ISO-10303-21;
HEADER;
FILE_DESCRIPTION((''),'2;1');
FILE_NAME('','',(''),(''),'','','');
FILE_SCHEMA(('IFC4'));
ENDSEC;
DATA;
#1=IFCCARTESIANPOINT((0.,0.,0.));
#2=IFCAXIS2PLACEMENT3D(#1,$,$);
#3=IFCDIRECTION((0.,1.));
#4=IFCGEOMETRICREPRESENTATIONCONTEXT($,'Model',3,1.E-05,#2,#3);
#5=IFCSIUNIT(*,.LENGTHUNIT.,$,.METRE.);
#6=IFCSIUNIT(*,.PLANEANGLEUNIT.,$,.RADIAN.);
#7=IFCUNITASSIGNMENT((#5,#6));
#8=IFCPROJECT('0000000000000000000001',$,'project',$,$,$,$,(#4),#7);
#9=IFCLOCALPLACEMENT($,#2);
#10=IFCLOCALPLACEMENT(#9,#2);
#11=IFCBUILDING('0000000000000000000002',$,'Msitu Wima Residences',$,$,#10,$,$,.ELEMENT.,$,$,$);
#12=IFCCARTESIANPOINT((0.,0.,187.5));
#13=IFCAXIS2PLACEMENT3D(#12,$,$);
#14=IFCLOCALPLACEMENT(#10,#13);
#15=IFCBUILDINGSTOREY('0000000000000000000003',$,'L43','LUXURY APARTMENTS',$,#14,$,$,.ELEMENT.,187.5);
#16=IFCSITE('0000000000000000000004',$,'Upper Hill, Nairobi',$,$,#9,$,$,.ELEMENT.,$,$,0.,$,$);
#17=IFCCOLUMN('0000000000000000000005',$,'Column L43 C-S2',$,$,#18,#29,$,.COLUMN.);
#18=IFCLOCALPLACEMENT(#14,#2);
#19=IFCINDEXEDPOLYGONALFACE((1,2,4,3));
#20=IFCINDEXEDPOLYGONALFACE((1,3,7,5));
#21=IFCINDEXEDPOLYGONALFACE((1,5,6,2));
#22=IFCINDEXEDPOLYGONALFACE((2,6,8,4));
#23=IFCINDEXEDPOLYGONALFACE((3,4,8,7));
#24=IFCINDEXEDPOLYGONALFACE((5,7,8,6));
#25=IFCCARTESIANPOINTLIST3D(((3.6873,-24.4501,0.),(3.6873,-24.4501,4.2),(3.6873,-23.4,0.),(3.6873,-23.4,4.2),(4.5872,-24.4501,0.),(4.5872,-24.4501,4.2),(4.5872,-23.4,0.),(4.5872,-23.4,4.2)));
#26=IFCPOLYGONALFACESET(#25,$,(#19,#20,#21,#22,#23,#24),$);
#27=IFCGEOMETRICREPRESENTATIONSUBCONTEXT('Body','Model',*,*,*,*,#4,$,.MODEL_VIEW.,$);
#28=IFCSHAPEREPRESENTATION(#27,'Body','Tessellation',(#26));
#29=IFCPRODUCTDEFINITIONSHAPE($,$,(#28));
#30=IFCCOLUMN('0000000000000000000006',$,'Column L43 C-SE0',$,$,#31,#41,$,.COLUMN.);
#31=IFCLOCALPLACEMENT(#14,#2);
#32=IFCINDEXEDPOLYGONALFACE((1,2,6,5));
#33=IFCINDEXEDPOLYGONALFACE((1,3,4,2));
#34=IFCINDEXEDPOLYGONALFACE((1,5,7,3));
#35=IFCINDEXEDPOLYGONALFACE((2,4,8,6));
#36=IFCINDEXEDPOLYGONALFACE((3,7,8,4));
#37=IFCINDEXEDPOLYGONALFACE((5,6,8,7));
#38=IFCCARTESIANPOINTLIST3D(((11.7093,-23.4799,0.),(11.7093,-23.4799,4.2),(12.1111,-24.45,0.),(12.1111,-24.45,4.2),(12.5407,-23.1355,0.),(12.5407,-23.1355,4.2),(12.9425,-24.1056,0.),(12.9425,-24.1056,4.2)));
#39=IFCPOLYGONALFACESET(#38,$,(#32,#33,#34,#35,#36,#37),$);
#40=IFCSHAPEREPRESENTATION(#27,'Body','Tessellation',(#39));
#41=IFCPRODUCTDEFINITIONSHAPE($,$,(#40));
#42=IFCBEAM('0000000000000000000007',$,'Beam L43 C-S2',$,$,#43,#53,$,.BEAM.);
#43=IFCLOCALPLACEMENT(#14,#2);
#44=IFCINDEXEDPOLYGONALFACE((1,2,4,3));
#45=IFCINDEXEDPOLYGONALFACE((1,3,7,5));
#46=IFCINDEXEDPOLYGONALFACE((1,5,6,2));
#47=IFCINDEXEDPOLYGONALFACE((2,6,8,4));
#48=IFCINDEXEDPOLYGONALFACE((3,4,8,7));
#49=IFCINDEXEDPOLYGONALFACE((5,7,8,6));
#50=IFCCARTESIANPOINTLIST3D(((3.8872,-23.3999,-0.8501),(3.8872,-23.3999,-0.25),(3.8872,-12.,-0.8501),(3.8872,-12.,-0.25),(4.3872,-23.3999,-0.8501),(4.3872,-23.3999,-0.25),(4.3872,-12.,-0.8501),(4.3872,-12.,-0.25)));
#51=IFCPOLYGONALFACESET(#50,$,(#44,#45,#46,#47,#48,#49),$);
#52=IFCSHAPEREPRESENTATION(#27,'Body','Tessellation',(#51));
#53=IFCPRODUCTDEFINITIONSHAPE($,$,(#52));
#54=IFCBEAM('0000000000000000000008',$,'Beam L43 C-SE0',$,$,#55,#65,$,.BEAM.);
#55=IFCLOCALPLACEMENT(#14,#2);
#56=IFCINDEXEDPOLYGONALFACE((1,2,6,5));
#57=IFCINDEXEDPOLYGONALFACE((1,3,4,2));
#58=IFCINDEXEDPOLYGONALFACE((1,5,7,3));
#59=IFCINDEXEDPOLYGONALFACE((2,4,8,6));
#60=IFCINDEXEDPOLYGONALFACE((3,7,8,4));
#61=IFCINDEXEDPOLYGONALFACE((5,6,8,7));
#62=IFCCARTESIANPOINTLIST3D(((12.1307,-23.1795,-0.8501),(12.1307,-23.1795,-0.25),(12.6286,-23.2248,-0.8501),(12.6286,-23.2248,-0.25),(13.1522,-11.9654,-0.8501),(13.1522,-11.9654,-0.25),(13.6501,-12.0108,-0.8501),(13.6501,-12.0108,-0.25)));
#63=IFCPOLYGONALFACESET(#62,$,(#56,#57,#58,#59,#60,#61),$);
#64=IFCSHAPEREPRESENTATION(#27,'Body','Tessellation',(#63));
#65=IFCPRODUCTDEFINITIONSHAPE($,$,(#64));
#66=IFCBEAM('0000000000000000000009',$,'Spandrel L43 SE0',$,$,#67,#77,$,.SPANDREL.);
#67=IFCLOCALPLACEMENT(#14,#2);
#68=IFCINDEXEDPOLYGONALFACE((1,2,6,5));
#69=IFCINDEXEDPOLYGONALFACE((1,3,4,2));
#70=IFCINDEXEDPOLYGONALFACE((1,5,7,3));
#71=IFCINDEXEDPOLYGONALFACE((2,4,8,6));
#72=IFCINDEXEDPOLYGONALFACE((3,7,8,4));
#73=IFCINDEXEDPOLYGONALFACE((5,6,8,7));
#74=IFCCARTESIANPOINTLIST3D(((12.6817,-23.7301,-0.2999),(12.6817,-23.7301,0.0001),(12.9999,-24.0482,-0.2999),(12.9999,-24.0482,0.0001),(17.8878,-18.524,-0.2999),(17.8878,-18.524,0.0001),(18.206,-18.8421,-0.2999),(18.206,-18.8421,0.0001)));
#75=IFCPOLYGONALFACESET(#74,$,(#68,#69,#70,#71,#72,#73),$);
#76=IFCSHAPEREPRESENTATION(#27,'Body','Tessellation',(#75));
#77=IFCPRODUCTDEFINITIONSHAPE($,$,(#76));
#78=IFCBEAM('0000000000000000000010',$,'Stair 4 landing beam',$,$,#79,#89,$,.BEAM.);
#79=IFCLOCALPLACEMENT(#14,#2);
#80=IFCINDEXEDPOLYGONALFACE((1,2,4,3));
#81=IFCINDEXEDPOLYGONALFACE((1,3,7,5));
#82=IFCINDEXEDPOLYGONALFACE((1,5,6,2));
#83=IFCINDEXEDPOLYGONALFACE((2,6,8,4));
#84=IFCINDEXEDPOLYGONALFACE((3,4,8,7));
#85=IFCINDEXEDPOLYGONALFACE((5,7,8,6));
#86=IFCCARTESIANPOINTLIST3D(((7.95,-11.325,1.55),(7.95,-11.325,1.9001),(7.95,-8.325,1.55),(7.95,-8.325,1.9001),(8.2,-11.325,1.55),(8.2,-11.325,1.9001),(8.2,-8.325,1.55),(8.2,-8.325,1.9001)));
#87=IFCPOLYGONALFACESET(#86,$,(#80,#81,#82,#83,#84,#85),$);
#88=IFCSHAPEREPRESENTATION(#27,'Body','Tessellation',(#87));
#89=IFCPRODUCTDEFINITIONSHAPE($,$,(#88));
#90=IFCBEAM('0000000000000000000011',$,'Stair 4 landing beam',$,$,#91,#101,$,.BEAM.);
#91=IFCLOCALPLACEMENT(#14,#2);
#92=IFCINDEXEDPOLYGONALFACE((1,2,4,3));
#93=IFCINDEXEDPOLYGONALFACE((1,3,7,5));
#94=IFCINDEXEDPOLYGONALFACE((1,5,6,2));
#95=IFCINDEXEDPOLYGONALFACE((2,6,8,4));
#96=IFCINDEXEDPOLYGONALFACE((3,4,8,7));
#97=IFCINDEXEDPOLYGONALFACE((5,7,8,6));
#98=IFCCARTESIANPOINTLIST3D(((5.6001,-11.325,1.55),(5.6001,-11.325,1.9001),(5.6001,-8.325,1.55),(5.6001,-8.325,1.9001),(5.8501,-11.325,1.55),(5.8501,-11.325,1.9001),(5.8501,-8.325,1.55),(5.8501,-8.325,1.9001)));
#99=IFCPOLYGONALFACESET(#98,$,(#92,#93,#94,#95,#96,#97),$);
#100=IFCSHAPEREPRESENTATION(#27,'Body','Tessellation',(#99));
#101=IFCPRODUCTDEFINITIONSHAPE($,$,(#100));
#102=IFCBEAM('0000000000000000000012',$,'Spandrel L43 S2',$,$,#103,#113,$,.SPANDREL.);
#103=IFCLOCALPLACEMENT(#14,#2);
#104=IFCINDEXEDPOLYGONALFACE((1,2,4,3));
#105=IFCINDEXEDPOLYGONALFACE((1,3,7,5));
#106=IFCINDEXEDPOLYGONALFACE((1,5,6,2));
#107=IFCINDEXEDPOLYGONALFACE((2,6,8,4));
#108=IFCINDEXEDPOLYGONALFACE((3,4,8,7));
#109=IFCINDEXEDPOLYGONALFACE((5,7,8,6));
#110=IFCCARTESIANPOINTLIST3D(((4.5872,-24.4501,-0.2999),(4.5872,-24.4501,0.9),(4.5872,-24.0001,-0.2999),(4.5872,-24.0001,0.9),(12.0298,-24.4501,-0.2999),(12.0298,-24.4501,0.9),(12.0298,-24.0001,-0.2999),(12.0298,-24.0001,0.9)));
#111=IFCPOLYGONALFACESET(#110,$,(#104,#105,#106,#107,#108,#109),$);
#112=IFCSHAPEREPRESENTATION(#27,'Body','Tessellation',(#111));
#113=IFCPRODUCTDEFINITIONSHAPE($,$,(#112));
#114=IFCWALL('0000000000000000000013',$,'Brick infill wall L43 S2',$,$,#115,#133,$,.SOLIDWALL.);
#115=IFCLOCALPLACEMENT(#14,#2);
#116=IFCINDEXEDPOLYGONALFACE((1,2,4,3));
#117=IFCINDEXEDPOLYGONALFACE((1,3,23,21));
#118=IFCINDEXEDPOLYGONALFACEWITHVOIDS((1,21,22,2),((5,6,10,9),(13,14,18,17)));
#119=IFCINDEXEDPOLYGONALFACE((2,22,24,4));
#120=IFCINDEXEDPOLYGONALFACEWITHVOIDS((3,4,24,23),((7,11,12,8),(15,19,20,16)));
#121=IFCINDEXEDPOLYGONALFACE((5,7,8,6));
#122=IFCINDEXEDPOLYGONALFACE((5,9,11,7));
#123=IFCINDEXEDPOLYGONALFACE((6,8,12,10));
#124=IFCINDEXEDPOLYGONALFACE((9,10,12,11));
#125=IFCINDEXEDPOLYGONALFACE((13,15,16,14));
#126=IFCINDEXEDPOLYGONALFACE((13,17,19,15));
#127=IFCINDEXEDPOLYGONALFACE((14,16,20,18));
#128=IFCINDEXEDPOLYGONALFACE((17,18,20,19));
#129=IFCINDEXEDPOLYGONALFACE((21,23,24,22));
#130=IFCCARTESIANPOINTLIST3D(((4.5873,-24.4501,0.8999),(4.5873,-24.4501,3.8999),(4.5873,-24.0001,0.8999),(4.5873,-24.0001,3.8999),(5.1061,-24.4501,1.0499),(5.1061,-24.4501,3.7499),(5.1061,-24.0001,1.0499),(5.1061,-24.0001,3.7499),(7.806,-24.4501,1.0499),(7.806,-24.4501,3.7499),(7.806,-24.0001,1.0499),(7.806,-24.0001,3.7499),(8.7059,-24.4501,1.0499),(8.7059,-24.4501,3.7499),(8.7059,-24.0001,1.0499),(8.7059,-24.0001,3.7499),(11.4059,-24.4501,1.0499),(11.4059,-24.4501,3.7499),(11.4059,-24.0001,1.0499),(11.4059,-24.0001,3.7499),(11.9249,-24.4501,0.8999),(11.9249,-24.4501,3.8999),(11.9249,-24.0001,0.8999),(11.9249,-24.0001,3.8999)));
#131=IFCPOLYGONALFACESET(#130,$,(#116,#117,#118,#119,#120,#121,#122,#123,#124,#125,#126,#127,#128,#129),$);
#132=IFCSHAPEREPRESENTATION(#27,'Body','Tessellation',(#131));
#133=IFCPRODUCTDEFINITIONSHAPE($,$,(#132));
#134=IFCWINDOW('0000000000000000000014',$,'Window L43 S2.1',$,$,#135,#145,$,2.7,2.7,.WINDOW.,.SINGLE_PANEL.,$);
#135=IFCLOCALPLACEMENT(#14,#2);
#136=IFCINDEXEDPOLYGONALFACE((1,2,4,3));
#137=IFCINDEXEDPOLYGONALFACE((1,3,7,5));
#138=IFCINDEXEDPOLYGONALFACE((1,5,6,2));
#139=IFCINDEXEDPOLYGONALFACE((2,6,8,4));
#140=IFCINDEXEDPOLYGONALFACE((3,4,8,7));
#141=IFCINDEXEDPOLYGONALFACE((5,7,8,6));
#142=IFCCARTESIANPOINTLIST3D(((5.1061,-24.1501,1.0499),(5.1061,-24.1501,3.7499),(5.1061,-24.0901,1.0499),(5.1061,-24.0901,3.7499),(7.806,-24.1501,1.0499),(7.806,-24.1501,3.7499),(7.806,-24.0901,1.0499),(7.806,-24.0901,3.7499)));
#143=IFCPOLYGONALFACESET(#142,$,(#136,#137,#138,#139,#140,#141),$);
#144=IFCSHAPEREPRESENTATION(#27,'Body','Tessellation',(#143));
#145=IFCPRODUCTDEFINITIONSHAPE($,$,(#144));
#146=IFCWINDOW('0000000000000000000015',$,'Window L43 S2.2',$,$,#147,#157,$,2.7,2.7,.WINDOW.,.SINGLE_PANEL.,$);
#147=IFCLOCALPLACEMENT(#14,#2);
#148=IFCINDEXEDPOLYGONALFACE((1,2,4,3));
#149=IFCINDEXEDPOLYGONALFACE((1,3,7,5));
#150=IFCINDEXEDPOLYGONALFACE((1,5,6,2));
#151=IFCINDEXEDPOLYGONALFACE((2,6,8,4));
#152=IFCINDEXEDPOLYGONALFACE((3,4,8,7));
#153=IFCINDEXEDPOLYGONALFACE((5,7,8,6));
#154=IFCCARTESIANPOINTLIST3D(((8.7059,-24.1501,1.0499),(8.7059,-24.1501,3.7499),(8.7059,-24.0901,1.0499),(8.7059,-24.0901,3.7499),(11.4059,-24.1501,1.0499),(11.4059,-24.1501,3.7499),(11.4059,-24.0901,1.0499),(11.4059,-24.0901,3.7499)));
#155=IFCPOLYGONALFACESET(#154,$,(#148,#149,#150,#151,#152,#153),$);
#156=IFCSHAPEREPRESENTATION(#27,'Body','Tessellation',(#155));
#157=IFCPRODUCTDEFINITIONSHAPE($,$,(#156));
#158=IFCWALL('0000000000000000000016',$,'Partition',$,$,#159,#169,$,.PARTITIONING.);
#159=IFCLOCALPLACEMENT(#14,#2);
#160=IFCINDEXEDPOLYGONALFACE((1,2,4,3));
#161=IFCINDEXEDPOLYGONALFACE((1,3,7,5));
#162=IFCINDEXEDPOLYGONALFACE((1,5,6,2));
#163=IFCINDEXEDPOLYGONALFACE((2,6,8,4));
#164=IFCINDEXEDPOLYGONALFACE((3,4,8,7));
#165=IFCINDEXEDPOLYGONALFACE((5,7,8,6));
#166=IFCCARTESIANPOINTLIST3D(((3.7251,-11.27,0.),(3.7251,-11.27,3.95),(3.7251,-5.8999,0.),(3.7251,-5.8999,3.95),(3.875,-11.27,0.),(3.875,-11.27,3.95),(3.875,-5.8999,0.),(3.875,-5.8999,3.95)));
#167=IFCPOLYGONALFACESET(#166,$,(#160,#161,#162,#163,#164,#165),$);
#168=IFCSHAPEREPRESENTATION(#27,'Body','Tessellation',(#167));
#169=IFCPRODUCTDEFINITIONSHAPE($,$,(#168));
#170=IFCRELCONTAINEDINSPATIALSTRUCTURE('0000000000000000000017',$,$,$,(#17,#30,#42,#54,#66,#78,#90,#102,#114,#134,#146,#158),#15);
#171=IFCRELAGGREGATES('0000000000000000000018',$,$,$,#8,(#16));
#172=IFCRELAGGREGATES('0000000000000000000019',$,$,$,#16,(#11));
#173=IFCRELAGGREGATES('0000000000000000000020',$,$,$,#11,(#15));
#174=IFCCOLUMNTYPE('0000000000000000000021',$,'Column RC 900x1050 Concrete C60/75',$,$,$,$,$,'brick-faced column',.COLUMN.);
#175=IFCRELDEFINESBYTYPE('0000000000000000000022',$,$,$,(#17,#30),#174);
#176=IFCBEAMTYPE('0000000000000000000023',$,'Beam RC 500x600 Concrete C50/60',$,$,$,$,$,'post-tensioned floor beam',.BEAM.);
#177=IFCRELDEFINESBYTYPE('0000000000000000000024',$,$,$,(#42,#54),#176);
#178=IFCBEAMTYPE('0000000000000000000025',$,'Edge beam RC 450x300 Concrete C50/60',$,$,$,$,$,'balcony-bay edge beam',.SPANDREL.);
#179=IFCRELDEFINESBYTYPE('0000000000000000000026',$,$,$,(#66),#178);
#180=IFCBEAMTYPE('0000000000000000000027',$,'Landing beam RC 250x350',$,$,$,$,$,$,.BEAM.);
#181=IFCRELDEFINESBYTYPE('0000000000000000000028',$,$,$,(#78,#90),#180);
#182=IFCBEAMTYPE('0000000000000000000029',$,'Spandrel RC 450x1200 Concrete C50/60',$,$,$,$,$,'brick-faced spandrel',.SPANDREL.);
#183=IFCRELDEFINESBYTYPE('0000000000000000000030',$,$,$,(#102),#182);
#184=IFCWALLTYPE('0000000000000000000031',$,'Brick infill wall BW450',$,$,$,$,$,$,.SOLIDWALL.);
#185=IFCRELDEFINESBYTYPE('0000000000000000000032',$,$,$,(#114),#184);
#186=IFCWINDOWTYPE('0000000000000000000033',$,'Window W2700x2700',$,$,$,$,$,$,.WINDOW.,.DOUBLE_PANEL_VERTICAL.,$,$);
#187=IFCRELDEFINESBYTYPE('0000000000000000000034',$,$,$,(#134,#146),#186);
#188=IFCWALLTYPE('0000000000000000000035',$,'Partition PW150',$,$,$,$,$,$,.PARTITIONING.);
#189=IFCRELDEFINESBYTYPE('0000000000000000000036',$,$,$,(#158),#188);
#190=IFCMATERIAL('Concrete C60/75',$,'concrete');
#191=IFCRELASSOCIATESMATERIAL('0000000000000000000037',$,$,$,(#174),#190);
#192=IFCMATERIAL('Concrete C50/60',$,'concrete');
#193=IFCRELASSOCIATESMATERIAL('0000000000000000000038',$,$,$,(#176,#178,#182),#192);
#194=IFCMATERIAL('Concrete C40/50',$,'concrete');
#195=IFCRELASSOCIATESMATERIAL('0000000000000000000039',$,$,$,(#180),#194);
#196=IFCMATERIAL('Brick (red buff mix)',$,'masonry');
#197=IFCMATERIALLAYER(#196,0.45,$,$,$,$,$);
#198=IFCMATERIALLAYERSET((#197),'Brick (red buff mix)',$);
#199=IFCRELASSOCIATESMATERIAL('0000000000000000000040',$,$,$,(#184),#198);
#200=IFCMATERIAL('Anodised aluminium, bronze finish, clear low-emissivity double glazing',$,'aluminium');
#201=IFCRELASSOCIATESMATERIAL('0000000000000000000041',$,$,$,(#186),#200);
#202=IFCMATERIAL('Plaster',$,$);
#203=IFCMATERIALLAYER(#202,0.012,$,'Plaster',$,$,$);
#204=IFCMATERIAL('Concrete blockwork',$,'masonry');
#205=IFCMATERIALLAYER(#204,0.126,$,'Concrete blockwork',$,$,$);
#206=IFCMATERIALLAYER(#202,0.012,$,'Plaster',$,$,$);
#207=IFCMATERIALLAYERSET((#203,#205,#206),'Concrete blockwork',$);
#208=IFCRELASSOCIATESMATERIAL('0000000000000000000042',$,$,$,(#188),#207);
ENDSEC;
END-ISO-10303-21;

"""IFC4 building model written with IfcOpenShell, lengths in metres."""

from ifc_helpers import new_model, si_unit, direction, frame, frame_2d, origin, origin_2d, place, context, subcontext, project, spatial, rectangle, extrude, material, layer, layer_set, material_profile, profile_set, type_object, element, fill, save


model = new_model("IFC4")

# Units and contexts
model_context = context("Model", 3, precision=1e-05, world=origin(), true_north=direction((0.0, 1.0)))
body_context = subcontext(model_context, "Body", "Model", "MODEL_VIEW")
ifc_project = project(units=[si_unit("LENGTHUNIT", "METRE"), si_unit("PLANEANGLEUNIT", "RADIAN")], contexts=[model_context])

# Site, building, storey
site_placement = place(None, origin())
site = spatial("IfcSite", under=ifc_project, at=site_placement, Name="Upper Hill, Nairobi", CompositionType="ELEMENT", RefElevation=0.0)
building_placement = place(site_placement, origin())
building = spatial("IfcBuilding", under=site, at=building_placement, Name="Msitu Wima Residences", CompositionType="ELEMENT")
storey_placement = place(building_placement, frame((0.0, 0.0, 187.5)))
storey = spatial("IfcBuildingStorey", under=building, at=storey_placement, Name="L43", Description="LUXURY APARTMENTS", CompositionType="ELEMENT", Elevation=187.5)

# Columns
ifc_material_1 = material(Name="Concrete C60/75", Category="concrete")
ifc_material_profile_1 = material_profile(ifc_material_1, rectangle(XDim=0.8999, YDim=1.05, at=origin_2d()), Name="RC 900x1050")
ifc_profile_set_1 = profile_set([ifc_material_profile_1], Name="Concrete C60/75")
column_type = type_object("IfcColumnType", Name="Column RC 900x1050 Concrete C60/75", ElementType="brick-faced column", PredefinedType="COLUMN", material=ifc_profile_set_1)
for number, where, z_axis, x_axis, name in (
    (1, (4.1372, -23.925, 0.0), (0.0, 0.0, 1.0), (1.0, 0.0, 0.0), "Column L43 C-S2"),
    (2, (12.3259, -23.7927, 0.0), (0.0, 0.0, 1.0), (0.92388, 0.382683, 0.0), "Column L43 C-SE0"),
):
    element("IfcColumn", number, at=place(storey_placement, frame(where, z_axis=z_axis, x_axis=x_axis)), inside=storey, type_object=column_type, Name=name, PredefinedType="COLUMN", context=body_context, shape_type="SweptSolid", body=[
        extrude(rectangle(XDim=0.8999, YDim=1.05, at=origin_2d()), origin(), (0.0, 0.0, 1.0), 4.2),
    ])

# Beams
ifc_material_2 = material(Name="Concrete C50/60", Category="concrete")
ifc_material_profile_2 = material_profile(ifc_material_2, rectangle(XDim=0.5, YDim=0.6001, at=origin_2d()), Name="RC 500x600")
ifc_profile_set_2 = profile_set([ifc_material_profile_2], Name="Concrete C50/60")
beam_type_1 = type_object("IfcBeamType", Name="Beam RC 500x600 Concrete C50/60", ElementType="post-tensioned floor beam", PredefinedType="BEAM", material=ifc_profile_set_2)
beam_1_placement = place(storey_placement, frame((4.1372, -23.3999, -0.55), z_axis=(0.0, 1.0, 0.0), x_axis=(-1.0, 0.0, 0.0)))
element("IfcBeam", 3, at=beam_1_placement, inside=storey, type_object=beam_type_1, Name="Beam L43 C-S2", PredefinedType="BEAM", context=body_context, shape_type="SweptSolid", body=[
    extrude(rectangle(XDim=0.5, YDim=0.6001, at=origin_2d()), origin(), (0.0, 0.0, 1.0), 11.3999),
])
beam_2_placement = place(storey_placement, frame((12.3796, -23.2021, -0.55), z_axis=(0.090714, 0.995877, 0.0), x_axis=(-0.995877, 0.090714, 0.0)))
element("IfcBeam", 4, at=beam_2_placement, inside=storey, type_object=beam_type_1, Name="Beam L43 C-SE0", PredefinedType="BEAM", context=body_context, shape_type="SweptSolid", body=[
    extrude(rectangle(XDim=0.5, YDim=0.6001, at=origin_2d()), origin(), (0.0, 0.0, 1.0), 11.2605),
])
ifc_material_profile_3 = material_profile(ifc_material_2, rectangle(XDim=0.45, YDim=0.3, at=origin_2d()), Name="RC 450x300")
ifc_profile_set_3 = profile_set([ifc_material_profile_3], Name="Concrete C50/60")
beam_type_2 = type_object("IfcBeamType", Name="Edge beam RC 450x300 Concrete C50/60", ElementType="balcony-bay edge beam", PredefinedType="SPANDREL", material=ifc_profile_set_3)
beam_3_placement = place(storey_placement, frame((12.8408, -23.8892, -0.1499), z_axis=(0.707107, 0.707107, 0.0), x_axis=(-0.707107, 0.707107, 0.0)))
element("IfcBeam", 5, at=beam_3_placement, inside=storey, type_object=beam_type_2, Name="Spandrel L43 SE0", PredefinedType="SPANDREL", context=body_context, shape_type="SweptSolid", body=[
    extrude(rectangle(XDim=0.45, YDim=0.3, at=origin_2d()), origin(), (0.0, 0.0, 1.0), 7.3625),
])
ifc_material_3 = material(Name="Concrete C40/50", Category="concrete")
ifc_material_profile_4 = material_profile(ifc_material_3, rectangle(XDim=0.25, YDim=0.3501, at=origin_2d()), Name="RC 250x350")
ifc_profile_set_4 = profile_set([ifc_material_profile_4], Name="Concrete C40/50")
beam_type_3 = type_object("IfcBeamType", Name="Landing beam RC 250x350", PredefinedType="BEAM", material=ifc_profile_set_4)
for number, where, z_axis, x_axis, name in (
    (6, (8.075, -11.325, 1.7251), (0.0, 1.0, 0.0), (-1.0, 0.0, 0.0), "Stair 4 landing beam"),
    (7, (5.7251, -11.325, 1.7251), (0.0, 1.0, 0.0), (-1.0, 0.0, 0.0), "Stair 4 landing beam"),
):
    element("IfcBeam", number, at=place(storey_placement, frame(where, z_axis=z_axis, x_axis=x_axis)), inside=storey, type_object=beam_type_3, Name=name, PredefinedType="BEAM", context=body_context, shape_type="SweptSolid", body=[
        extrude(rectangle(XDim=0.25, YDim=0.3501, at=origin_2d()), origin(), (0.0, 0.0, 1.0), 3.0),
    ])
ifc_material_profile_5 = material_profile(ifc_material_2, rectangle(XDim=0.45, YDim=1.2, at=origin_2d()), Name="RC 450x1200")
ifc_profile_set_5 = profile_set([ifc_material_profile_5], Name="Concrete C50/60")
beam_type_4 = type_object("IfcBeamType", Name="Spandrel RC 450x1200 Concrete C50/60", ElementType="brick-faced spandrel", PredefinedType="SPANDREL", material=ifc_profile_set_5)
beam_4_placement = place(storey_placement, frame((4.5872, -24.2251, 0.3), z_axis=(1.0, 0.0, 0.0), x_axis=(0.0, 1.0, 0.0)))
element("IfcBeam", 8, at=beam_4_placement, inside=storey, type_object=beam_type_4, Name="Spandrel L43 S2", PredefinedType="SPANDREL", context=body_context, shape_type="SweptSolid", body=[
    extrude(rectangle(XDim=0.45, YDim=1.2, at=origin_2d()), origin(), (0.0, 0.0, 1.0), 7.4426),
])

# Wall, openings, windows
ifc_material_4 = material(Name="Brick (red buff mix)", Category="masonry")
ifc_layer_1 = layer(ifc_material_4, 0.45)
ifc_layer_set_1 = layer_set([ifc_layer_1], Name="Brick (red buff mix)")
wall_type_1 = type_object("IfcWallType", Name="Brick infill wall BW450", PredefinedType="SOLIDWALL", material=ifc_layer_set_1)
wall_1_placement = place(storey_placement, frame((4.5872, -24.2251, 0.8999), z_axis=(0.0, 0.0, 1.0), x_axis=(1.0, 0.0, 0.0)))
wall_1 = element("IfcWall", 9, at=wall_1_placement, inside=storey, type_object=wall_type_1, Name="Brick infill wall L43 S2", PredefinedType="SOLIDWALL", context=body_context, shape_type="SweptSolid", body=[
    extrude(rectangle(XDim=7.3376, YDim=0.45, at=frame_2d((3.6689, 0.0))), origin(), (0.0, 0.0, 1.0), 3.0),
])
opening_1_placement = place(wall_1_placement, frame((0.5188, 0.0, 0.1499)))
opening_1 = element("IfcOpeningElement", 10, at=opening_1_placement, cuts=wall_1, PredefinedType="OPENING", context=body_context, shape_type="SweptSolid", body=[
    extrude(rectangle(XDim=2.7, YDim=2.7, at=frame_2d((1.3501, 1.3501))), frame((0.0, 0.2349, 0.0), z_axis=(0.0, -1.0, 0.0), x_axis=(1.0, 0.0, 0.0)), (0.0, 0.0, 1.0), 0.47),
])
opening_2_placement = place(wall_1_placement, frame((4.1187, 0.0, 0.1499)))
opening_2 = element("IfcOpeningElement", 11, at=opening_2_placement, cuts=wall_1, PredefinedType="OPENING", context=body_context, shape_type="SweptSolid", body=[
    extrude(rectangle(XDim=2.7, YDim=2.7, at=frame_2d((1.3501, 1.3501))), frame((0.0, 0.2349, 0.0), z_axis=(0.0, -1.0, 0.0), x_axis=(1.0, 0.0, 0.0)), (0.0, 0.0, 1.0), 0.47),
])
ifc_material_5 = material(Name="Anodised aluminium, bronze finish, clear low-emissivity double glazing", Category="aluminium")
window_type = type_object("IfcWindowType", Name="Window W2700x2700", PartitioningType="DOUBLE_PANEL_VERTICAL", PredefinedType="WINDOW", material=ifc_material_5)
window_1_placement = place(opening_1_placement, origin())
window_1 = element("IfcWindow", 12, at=window_1_placement, inside=storey, type_object=window_type, Name="Window L43 S2.1", OverallHeight=2.7, OverallWidth=2.7, PartitioningType="SINGLE_PANEL", PredefinedType="WINDOW", context=body_context, shape_type="SweptSolid", body=[
    extrude(rectangle(XDim=2.7, YDim=2.7, at=frame_2d((1.3501, 1.3501))), frame((0.0, 0.135, 0.0), z_axis=(0.0, -1.0, 0.0), x_axis=(1.0, 0.0, 0.0)), (0.0, 0.0, 1.0), 0.0601),
])
fill(opening_1, window_1)
window_2_placement = place(opening_2_placement, origin())
window_2 = element("IfcWindow", 13, at=window_2_placement, inside=storey, type_object=window_type, Name="Window L43 S2.2", OverallHeight=2.7, OverallWidth=2.7, PartitioningType="SINGLE_PANEL", PredefinedType="WINDOW", context=body_context, shape_type="SweptSolid", body=[
    extrude(rectangle(XDim=2.7, YDim=2.7, at=frame_2d((1.3501, 1.3501))), frame((0.0, 0.135, 0.0), z_axis=(0.0, -1.0, 0.0), x_axis=(1.0, 0.0, 0.0)), (0.0, 0.0, 1.0), 0.0601),
])
fill(opening_2, window_2)

# Wall
ifc_material_6 = material(Name="Plaster")
ifc_layer_2 = layer(ifc_material_6, 0.012, Name="Plaster")
ifc_material_7 = material(Name="Concrete blockwork", Category="masonry")
ifc_layer_3 = layer(ifc_material_7, 0.126, Name="Concrete blockwork")
ifc_layer_4 = layer(ifc_material_6, 0.012, Name="Plaster")
ifc_layer_set_2 = layer_set([ifc_layer_2, ifc_layer_3, ifc_layer_4], Name="Concrete blockwork")
wall_type_2 = type_object("IfcWallType", Name="Partition PW150", PredefinedType="PARTITIONING", material=ifc_layer_set_2)
wall_2_placement = place(storey_placement, frame((3.8, -11.27, 0.0), z_axis=(0.0, 0.0, 1.0), x_axis=(0.0, 1.0, 0.0)))
element("IfcWall", 14, at=wall_2_placement, inside=storey, type_object=wall_type_2, Name="Partition", PredefinedType="PARTITIONING", context=body_context, shape_type="SweptSolid", body=[
    extrude(rectangle(XDim=5.3701, YDim=0.1499, at=frame_2d((2.6851, 0.0))), origin(), (0.0, 0.0, 1.0), 3.95),
])

save(model, "model.ifc")
